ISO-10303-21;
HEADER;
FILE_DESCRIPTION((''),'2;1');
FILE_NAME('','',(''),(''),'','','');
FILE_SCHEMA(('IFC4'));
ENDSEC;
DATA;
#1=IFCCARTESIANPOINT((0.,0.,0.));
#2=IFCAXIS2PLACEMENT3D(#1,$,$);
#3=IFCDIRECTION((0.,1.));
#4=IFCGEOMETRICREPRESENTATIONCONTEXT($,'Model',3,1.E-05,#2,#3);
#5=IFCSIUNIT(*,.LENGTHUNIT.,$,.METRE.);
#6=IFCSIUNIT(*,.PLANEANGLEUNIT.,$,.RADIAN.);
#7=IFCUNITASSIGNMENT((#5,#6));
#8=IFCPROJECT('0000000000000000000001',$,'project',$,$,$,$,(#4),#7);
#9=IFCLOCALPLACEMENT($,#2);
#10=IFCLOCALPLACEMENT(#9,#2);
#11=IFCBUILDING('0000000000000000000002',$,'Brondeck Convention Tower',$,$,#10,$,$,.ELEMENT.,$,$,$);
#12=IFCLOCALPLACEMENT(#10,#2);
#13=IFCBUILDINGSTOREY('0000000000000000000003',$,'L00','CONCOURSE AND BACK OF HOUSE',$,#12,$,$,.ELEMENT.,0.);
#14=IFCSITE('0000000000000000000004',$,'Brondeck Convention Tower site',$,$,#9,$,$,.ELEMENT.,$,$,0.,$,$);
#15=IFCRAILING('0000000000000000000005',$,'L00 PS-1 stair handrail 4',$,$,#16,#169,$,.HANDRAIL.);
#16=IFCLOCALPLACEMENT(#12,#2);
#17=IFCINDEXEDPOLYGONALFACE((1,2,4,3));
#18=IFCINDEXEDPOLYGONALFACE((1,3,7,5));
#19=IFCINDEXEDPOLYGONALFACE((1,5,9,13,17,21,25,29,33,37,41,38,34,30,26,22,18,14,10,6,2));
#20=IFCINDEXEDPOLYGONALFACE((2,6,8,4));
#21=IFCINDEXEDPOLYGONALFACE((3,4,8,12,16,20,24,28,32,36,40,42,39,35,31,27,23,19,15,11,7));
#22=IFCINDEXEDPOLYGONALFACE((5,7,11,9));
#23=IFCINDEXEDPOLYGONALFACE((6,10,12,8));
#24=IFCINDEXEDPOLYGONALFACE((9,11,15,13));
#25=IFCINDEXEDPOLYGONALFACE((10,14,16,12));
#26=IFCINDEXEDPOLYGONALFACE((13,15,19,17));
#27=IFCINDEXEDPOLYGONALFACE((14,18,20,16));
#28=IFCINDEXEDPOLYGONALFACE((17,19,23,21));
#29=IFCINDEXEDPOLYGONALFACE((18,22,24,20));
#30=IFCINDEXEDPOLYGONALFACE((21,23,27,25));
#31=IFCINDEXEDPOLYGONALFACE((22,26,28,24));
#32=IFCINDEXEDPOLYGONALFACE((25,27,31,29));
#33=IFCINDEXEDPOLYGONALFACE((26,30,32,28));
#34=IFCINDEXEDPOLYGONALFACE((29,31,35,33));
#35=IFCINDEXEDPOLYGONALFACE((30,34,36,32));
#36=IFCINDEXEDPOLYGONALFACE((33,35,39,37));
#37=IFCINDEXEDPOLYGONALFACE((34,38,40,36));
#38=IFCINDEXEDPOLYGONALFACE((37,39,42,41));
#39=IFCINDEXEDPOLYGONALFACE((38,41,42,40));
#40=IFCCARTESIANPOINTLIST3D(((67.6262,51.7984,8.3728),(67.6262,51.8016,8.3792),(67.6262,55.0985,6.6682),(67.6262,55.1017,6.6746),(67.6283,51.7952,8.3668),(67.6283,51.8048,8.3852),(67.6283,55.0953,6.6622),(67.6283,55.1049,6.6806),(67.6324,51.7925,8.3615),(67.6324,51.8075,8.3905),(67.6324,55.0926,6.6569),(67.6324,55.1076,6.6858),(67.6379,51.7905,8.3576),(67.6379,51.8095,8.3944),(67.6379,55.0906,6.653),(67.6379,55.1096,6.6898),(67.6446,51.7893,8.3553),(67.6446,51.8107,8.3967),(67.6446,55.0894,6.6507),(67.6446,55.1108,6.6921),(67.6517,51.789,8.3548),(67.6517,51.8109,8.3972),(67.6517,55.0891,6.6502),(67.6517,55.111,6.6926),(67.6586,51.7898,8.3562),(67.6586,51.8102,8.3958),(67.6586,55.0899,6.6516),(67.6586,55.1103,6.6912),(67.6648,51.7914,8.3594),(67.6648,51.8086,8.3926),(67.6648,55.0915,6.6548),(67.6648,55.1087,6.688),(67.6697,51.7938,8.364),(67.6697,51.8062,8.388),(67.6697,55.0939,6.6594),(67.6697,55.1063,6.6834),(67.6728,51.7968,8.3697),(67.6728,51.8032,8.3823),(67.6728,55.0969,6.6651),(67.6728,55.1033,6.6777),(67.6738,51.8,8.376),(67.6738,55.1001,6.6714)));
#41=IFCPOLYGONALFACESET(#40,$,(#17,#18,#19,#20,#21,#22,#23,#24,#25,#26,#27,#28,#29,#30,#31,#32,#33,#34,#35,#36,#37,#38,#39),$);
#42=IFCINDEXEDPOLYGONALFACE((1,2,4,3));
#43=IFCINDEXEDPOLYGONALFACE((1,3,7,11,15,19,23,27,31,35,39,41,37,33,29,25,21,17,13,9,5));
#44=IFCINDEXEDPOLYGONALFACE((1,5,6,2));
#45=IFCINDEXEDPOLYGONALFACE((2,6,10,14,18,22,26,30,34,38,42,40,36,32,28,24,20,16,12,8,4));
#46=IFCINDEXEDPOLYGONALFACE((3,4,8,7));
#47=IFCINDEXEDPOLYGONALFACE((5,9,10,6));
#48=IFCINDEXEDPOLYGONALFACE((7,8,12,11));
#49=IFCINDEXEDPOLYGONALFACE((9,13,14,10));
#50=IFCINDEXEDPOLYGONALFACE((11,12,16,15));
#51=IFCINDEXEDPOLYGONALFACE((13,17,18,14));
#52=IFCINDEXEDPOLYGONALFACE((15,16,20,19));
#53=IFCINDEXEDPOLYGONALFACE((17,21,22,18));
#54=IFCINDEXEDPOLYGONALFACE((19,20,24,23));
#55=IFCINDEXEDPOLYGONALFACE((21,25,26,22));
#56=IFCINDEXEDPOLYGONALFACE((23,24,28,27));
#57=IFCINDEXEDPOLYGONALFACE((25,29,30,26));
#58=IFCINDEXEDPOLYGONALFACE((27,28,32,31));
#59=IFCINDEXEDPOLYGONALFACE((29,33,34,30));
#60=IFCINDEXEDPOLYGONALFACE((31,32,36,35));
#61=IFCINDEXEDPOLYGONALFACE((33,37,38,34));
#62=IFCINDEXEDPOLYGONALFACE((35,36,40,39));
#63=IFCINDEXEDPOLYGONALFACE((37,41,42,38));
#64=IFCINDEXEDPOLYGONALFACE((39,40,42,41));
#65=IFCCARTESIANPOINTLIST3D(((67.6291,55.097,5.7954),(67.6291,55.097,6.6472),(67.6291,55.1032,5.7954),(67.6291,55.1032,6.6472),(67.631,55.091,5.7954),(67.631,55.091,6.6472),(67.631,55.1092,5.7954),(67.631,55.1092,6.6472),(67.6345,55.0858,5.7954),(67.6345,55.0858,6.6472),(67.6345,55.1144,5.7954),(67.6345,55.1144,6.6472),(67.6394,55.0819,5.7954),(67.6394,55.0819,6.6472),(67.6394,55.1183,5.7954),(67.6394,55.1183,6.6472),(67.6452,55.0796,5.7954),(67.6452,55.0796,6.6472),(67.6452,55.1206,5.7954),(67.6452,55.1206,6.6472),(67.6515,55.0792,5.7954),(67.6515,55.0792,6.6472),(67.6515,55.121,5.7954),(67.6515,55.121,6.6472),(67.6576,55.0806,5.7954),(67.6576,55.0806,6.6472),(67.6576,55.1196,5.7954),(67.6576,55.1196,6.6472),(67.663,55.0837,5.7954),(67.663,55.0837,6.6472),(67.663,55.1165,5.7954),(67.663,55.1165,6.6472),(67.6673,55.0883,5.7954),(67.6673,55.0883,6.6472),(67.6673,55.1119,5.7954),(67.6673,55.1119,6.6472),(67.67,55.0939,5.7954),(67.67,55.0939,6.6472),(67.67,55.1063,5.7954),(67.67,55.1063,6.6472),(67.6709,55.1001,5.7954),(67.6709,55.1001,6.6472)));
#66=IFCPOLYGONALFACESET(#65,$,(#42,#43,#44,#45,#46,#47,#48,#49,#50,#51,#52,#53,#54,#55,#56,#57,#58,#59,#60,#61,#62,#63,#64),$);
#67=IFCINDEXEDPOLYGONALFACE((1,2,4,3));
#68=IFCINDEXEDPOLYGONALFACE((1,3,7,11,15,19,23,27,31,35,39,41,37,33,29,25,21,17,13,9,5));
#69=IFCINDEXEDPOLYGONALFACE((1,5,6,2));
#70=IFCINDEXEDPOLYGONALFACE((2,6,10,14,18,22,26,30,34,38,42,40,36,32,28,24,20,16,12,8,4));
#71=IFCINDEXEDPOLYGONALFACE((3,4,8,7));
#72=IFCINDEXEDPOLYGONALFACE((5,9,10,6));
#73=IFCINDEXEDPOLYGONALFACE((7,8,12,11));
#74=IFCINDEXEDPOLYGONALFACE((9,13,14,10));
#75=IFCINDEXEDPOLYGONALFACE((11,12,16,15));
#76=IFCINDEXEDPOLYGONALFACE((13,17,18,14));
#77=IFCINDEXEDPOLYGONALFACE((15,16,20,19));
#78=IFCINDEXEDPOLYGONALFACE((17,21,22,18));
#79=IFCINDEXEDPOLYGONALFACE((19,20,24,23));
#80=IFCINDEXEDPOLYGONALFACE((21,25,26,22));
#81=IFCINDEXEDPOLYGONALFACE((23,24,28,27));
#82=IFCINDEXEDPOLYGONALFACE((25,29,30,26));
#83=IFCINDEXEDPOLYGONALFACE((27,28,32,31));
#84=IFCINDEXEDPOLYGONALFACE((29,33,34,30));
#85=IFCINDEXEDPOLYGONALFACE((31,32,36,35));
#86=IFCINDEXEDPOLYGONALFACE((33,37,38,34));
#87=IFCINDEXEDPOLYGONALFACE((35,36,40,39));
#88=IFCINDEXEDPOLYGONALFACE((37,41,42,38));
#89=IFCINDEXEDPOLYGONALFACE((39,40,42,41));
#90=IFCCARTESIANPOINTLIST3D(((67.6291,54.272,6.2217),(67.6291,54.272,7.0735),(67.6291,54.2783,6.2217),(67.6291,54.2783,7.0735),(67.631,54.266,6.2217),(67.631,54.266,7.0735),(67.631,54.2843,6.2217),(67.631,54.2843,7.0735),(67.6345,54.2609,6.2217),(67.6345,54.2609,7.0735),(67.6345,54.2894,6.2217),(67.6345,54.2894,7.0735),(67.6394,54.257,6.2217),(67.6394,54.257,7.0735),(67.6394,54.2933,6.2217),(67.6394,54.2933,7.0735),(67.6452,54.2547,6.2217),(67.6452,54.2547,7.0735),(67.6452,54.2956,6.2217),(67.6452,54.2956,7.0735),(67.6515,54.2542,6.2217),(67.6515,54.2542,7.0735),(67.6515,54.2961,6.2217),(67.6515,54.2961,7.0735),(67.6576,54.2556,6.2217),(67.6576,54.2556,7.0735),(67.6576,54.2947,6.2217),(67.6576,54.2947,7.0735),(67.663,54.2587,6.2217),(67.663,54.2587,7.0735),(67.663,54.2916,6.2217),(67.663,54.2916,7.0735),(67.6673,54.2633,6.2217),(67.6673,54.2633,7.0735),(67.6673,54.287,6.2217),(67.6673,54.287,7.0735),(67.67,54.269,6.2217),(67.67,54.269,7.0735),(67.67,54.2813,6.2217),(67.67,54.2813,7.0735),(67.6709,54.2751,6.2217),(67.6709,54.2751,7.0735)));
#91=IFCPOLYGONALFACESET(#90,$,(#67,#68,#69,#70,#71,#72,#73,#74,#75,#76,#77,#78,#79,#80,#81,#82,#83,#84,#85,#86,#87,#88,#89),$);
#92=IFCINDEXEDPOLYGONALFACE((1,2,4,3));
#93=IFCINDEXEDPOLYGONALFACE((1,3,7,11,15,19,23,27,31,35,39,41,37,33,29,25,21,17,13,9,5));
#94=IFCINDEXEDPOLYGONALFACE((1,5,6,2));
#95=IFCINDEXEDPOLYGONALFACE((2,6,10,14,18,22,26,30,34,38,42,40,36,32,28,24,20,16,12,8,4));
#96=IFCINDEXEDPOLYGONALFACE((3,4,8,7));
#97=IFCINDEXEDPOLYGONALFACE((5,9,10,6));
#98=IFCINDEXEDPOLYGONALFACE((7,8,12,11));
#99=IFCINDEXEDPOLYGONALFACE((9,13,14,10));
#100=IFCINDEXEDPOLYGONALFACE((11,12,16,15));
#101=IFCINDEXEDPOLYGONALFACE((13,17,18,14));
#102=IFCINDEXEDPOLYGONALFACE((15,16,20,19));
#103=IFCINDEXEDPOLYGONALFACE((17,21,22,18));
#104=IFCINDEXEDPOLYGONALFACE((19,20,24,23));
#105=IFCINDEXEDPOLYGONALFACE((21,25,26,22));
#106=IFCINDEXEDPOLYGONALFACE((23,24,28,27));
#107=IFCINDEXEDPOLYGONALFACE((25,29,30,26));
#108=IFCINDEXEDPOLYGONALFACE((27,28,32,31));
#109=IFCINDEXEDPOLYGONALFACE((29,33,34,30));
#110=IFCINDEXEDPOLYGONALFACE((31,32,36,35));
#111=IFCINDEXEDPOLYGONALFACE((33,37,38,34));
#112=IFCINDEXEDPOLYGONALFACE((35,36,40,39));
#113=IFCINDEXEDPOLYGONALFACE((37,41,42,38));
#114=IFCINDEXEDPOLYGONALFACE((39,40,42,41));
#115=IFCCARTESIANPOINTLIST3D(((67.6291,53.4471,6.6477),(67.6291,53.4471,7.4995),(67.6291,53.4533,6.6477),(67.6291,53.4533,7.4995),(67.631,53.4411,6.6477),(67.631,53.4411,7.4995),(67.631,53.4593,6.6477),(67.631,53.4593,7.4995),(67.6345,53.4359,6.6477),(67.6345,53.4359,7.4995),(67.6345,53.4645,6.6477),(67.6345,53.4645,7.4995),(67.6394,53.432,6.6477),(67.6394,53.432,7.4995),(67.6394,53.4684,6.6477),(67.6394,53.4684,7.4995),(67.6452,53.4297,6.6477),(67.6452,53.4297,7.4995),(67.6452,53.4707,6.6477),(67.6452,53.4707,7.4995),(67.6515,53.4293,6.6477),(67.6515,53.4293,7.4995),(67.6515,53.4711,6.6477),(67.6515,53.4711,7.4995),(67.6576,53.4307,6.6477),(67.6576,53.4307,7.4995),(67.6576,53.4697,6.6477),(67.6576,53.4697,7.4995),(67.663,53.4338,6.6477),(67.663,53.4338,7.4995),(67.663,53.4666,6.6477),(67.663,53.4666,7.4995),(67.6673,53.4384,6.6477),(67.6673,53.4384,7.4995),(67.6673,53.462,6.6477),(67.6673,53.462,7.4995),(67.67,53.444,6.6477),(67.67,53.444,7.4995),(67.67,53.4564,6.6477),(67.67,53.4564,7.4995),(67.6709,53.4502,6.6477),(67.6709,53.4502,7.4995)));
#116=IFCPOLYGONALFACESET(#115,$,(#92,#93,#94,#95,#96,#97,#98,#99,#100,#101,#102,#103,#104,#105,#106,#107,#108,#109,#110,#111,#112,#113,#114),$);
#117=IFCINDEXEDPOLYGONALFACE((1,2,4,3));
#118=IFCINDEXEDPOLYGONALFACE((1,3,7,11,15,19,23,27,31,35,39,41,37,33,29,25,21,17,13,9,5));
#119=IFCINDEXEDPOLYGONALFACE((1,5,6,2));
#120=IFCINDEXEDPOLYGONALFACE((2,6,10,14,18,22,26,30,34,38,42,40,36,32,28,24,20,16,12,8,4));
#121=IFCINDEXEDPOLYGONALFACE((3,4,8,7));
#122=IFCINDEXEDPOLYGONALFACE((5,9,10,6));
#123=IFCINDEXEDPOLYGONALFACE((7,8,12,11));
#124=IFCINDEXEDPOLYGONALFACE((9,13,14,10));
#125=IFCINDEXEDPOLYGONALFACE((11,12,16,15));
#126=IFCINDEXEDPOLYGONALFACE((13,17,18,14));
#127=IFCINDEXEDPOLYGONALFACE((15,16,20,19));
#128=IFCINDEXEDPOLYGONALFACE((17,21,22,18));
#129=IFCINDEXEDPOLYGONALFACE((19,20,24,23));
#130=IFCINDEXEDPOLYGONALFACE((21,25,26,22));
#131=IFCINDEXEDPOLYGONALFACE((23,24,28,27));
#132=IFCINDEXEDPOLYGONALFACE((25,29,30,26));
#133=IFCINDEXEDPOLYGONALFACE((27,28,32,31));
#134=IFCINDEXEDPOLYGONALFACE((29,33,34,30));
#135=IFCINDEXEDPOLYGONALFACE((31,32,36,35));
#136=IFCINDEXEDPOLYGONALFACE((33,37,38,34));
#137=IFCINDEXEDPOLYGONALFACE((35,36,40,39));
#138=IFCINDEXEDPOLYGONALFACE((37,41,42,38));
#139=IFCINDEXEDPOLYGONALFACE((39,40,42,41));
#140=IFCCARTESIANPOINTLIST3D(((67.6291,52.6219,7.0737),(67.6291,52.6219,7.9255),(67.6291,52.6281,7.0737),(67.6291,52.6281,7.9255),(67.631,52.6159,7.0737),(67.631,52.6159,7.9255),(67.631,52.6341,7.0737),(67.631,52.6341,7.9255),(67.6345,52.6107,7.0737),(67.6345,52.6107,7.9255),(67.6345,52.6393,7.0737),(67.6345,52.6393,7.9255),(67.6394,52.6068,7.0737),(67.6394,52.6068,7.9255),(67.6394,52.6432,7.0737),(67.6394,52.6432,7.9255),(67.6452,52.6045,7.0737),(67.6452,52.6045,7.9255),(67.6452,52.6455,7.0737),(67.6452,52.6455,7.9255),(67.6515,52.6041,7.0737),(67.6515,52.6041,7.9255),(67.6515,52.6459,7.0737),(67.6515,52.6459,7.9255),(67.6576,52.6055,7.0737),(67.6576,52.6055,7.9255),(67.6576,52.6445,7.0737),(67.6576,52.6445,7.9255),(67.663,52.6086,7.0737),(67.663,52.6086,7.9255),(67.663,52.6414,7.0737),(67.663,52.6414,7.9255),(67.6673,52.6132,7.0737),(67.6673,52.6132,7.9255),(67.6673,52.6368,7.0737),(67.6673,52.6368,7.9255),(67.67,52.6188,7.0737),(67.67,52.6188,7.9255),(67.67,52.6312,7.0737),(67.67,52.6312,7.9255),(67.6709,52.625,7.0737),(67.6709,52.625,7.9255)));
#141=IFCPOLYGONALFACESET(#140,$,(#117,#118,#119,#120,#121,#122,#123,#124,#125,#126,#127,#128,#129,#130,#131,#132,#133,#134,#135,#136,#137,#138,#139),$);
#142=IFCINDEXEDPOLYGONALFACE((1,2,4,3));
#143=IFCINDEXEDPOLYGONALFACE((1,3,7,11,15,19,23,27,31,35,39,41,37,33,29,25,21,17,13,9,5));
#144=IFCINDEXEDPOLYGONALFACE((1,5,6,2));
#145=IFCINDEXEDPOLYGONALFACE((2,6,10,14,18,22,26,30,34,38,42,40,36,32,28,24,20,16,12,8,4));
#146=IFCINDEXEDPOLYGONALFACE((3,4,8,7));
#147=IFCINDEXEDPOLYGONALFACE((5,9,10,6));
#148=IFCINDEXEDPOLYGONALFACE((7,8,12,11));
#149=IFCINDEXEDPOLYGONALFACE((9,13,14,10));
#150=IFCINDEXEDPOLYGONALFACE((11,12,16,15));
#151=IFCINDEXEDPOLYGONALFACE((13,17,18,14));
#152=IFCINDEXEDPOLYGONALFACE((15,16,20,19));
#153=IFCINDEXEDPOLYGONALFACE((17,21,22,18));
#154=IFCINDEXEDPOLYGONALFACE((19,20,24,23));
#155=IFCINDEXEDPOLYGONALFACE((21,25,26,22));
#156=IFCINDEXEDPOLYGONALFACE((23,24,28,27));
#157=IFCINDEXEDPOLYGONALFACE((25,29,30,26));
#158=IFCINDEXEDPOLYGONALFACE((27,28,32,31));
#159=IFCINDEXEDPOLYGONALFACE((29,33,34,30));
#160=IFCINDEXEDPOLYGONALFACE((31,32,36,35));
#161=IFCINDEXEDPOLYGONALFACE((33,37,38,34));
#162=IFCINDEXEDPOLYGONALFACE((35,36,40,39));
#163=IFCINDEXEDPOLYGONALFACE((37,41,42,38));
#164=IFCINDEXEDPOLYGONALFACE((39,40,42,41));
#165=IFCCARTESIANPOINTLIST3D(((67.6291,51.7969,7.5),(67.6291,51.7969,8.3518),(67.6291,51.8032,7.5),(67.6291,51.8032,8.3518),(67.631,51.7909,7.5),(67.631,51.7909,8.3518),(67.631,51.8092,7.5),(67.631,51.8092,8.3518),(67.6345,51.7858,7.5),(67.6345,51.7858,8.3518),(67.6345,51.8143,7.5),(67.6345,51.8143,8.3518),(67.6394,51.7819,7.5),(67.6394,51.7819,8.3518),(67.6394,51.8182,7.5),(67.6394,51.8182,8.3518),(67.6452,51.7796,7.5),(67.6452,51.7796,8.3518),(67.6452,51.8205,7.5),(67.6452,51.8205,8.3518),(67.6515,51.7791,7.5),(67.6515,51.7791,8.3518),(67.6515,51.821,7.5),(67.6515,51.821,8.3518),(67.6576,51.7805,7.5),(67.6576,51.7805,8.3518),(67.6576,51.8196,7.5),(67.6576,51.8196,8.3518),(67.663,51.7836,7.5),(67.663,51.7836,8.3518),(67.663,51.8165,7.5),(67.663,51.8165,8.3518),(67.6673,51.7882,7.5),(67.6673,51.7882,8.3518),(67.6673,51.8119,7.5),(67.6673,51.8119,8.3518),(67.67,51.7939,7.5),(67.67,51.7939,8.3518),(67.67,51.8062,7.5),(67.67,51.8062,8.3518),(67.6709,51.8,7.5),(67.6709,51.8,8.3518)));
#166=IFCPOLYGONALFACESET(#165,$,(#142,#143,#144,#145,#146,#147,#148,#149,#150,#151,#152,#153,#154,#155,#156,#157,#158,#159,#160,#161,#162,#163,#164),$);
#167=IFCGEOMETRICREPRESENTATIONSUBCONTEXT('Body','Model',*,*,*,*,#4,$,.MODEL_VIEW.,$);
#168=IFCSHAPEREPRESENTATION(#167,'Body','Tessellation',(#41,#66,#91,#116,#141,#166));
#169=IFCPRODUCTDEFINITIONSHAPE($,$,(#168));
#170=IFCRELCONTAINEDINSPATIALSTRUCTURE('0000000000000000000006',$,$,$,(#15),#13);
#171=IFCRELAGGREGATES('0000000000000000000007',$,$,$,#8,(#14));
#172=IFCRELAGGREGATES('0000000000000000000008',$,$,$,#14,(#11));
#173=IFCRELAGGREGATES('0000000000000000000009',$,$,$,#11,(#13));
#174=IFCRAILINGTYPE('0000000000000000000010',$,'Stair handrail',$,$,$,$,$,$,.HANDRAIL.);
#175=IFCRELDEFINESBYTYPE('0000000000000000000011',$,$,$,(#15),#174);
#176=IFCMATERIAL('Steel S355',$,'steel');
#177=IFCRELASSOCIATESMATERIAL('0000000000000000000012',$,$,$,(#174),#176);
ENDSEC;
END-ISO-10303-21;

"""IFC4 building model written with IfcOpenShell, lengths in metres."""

from ifc_helpers import new_model, si_unit, direction, frame, origin, origin_2d, place, context, subcontext, project, spatial, circle, extrude, material, type_object, element, save


model = new_model("IFC4")

# Units and contexts
model_context = context("Model", 3, precision=1e-05, world=origin(), true_north=direction((0.0, 1.0)))
body_context = subcontext(model_context, "Body", "Model", "MODEL_VIEW")
ifc_project = project(units=[si_unit("LENGTHUNIT", "METRE"), si_unit("PLANEANGLEUNIT", "RADIAN")], contexts=[model_context])

# Site, building, storey
site_placement = place(None, origin())
site = spatial("IfcSite", under=ifc_project, at=site_placement, Name="Brondeck Convention Tower site", CompositionType="ELEMENT", RefElevation=0.0)
building_placement = place(site_placement, origin())
building = spatial("IfcBuilding", under=site, at=building_placement, Name="Brondeck Convention Tower", CompositionType="ELEMENT")
storey_placement = place(building_placement, origin())
storey = spatial("IfcBuildingStorey", under=building, at=storey_placement, Name="L00", Description="CONCOURSE AND BACK OF HOUSE", CompositionType="ELEMENT", Elevation=0.0)

# Railing
ifc_material_1 = material(Name="Steel S355", Category="steel")
railing_type_1 = type_object("IfcRailingType", Name="Stair handrail", PredefinedType="HANDRAIL", material=ifc_material_1)
railing_1_placement = place(storey_placement, frame((67.6499, 55.1001, 5.7954)))
element("IfcRailing", 1, at=railing_1_placement, inside=storey, type_object=railing_type_1, Name="L00 PS-1 stair handrail 4", PredefinedType="HANDRAIL", context=body_context, shape_type="SweptSolid", body=[
    extrude(circle(Radius=0.0239, at=origin_2d()), frame((0.0, 0.0, 0.876), z_axis=(0.0, -0.888474, 0.458928), x_axis=(1.0, 0.0, 0.0)), (0.0, 0.0, 1.0), 3.7144),
    extrude(circle(Radius=0.021, at=origin_2d()), origin(), (0.0, 0.0, 1.0), 0.8518),
    extrude(circle(Radius=0.021, at=origin_2d()), frame((0.0, -0.825, 0.4263)), (0.0, 0.0, 1.0), 0.8518),
    extrude(circle(Radius=0.021, at=origin_2d()), frame((0.0, -1.6499, 0.8523)), (0.0, 0.0, 1.0), 0.8518),
    extrude(circle(Radius=0.021, at=origin_2d()), frame((0.0, -2.4751, 1.2783)), (0.0, 0.0, 1.0), 0.8518),
    extrude(circle(Radius=0.021, at=origin_2d()), frame((0.0, -3.3, 1.7046)), (0.0, 0.0, 1.0), 0.8518),
])

save(model, "model.ifc")
